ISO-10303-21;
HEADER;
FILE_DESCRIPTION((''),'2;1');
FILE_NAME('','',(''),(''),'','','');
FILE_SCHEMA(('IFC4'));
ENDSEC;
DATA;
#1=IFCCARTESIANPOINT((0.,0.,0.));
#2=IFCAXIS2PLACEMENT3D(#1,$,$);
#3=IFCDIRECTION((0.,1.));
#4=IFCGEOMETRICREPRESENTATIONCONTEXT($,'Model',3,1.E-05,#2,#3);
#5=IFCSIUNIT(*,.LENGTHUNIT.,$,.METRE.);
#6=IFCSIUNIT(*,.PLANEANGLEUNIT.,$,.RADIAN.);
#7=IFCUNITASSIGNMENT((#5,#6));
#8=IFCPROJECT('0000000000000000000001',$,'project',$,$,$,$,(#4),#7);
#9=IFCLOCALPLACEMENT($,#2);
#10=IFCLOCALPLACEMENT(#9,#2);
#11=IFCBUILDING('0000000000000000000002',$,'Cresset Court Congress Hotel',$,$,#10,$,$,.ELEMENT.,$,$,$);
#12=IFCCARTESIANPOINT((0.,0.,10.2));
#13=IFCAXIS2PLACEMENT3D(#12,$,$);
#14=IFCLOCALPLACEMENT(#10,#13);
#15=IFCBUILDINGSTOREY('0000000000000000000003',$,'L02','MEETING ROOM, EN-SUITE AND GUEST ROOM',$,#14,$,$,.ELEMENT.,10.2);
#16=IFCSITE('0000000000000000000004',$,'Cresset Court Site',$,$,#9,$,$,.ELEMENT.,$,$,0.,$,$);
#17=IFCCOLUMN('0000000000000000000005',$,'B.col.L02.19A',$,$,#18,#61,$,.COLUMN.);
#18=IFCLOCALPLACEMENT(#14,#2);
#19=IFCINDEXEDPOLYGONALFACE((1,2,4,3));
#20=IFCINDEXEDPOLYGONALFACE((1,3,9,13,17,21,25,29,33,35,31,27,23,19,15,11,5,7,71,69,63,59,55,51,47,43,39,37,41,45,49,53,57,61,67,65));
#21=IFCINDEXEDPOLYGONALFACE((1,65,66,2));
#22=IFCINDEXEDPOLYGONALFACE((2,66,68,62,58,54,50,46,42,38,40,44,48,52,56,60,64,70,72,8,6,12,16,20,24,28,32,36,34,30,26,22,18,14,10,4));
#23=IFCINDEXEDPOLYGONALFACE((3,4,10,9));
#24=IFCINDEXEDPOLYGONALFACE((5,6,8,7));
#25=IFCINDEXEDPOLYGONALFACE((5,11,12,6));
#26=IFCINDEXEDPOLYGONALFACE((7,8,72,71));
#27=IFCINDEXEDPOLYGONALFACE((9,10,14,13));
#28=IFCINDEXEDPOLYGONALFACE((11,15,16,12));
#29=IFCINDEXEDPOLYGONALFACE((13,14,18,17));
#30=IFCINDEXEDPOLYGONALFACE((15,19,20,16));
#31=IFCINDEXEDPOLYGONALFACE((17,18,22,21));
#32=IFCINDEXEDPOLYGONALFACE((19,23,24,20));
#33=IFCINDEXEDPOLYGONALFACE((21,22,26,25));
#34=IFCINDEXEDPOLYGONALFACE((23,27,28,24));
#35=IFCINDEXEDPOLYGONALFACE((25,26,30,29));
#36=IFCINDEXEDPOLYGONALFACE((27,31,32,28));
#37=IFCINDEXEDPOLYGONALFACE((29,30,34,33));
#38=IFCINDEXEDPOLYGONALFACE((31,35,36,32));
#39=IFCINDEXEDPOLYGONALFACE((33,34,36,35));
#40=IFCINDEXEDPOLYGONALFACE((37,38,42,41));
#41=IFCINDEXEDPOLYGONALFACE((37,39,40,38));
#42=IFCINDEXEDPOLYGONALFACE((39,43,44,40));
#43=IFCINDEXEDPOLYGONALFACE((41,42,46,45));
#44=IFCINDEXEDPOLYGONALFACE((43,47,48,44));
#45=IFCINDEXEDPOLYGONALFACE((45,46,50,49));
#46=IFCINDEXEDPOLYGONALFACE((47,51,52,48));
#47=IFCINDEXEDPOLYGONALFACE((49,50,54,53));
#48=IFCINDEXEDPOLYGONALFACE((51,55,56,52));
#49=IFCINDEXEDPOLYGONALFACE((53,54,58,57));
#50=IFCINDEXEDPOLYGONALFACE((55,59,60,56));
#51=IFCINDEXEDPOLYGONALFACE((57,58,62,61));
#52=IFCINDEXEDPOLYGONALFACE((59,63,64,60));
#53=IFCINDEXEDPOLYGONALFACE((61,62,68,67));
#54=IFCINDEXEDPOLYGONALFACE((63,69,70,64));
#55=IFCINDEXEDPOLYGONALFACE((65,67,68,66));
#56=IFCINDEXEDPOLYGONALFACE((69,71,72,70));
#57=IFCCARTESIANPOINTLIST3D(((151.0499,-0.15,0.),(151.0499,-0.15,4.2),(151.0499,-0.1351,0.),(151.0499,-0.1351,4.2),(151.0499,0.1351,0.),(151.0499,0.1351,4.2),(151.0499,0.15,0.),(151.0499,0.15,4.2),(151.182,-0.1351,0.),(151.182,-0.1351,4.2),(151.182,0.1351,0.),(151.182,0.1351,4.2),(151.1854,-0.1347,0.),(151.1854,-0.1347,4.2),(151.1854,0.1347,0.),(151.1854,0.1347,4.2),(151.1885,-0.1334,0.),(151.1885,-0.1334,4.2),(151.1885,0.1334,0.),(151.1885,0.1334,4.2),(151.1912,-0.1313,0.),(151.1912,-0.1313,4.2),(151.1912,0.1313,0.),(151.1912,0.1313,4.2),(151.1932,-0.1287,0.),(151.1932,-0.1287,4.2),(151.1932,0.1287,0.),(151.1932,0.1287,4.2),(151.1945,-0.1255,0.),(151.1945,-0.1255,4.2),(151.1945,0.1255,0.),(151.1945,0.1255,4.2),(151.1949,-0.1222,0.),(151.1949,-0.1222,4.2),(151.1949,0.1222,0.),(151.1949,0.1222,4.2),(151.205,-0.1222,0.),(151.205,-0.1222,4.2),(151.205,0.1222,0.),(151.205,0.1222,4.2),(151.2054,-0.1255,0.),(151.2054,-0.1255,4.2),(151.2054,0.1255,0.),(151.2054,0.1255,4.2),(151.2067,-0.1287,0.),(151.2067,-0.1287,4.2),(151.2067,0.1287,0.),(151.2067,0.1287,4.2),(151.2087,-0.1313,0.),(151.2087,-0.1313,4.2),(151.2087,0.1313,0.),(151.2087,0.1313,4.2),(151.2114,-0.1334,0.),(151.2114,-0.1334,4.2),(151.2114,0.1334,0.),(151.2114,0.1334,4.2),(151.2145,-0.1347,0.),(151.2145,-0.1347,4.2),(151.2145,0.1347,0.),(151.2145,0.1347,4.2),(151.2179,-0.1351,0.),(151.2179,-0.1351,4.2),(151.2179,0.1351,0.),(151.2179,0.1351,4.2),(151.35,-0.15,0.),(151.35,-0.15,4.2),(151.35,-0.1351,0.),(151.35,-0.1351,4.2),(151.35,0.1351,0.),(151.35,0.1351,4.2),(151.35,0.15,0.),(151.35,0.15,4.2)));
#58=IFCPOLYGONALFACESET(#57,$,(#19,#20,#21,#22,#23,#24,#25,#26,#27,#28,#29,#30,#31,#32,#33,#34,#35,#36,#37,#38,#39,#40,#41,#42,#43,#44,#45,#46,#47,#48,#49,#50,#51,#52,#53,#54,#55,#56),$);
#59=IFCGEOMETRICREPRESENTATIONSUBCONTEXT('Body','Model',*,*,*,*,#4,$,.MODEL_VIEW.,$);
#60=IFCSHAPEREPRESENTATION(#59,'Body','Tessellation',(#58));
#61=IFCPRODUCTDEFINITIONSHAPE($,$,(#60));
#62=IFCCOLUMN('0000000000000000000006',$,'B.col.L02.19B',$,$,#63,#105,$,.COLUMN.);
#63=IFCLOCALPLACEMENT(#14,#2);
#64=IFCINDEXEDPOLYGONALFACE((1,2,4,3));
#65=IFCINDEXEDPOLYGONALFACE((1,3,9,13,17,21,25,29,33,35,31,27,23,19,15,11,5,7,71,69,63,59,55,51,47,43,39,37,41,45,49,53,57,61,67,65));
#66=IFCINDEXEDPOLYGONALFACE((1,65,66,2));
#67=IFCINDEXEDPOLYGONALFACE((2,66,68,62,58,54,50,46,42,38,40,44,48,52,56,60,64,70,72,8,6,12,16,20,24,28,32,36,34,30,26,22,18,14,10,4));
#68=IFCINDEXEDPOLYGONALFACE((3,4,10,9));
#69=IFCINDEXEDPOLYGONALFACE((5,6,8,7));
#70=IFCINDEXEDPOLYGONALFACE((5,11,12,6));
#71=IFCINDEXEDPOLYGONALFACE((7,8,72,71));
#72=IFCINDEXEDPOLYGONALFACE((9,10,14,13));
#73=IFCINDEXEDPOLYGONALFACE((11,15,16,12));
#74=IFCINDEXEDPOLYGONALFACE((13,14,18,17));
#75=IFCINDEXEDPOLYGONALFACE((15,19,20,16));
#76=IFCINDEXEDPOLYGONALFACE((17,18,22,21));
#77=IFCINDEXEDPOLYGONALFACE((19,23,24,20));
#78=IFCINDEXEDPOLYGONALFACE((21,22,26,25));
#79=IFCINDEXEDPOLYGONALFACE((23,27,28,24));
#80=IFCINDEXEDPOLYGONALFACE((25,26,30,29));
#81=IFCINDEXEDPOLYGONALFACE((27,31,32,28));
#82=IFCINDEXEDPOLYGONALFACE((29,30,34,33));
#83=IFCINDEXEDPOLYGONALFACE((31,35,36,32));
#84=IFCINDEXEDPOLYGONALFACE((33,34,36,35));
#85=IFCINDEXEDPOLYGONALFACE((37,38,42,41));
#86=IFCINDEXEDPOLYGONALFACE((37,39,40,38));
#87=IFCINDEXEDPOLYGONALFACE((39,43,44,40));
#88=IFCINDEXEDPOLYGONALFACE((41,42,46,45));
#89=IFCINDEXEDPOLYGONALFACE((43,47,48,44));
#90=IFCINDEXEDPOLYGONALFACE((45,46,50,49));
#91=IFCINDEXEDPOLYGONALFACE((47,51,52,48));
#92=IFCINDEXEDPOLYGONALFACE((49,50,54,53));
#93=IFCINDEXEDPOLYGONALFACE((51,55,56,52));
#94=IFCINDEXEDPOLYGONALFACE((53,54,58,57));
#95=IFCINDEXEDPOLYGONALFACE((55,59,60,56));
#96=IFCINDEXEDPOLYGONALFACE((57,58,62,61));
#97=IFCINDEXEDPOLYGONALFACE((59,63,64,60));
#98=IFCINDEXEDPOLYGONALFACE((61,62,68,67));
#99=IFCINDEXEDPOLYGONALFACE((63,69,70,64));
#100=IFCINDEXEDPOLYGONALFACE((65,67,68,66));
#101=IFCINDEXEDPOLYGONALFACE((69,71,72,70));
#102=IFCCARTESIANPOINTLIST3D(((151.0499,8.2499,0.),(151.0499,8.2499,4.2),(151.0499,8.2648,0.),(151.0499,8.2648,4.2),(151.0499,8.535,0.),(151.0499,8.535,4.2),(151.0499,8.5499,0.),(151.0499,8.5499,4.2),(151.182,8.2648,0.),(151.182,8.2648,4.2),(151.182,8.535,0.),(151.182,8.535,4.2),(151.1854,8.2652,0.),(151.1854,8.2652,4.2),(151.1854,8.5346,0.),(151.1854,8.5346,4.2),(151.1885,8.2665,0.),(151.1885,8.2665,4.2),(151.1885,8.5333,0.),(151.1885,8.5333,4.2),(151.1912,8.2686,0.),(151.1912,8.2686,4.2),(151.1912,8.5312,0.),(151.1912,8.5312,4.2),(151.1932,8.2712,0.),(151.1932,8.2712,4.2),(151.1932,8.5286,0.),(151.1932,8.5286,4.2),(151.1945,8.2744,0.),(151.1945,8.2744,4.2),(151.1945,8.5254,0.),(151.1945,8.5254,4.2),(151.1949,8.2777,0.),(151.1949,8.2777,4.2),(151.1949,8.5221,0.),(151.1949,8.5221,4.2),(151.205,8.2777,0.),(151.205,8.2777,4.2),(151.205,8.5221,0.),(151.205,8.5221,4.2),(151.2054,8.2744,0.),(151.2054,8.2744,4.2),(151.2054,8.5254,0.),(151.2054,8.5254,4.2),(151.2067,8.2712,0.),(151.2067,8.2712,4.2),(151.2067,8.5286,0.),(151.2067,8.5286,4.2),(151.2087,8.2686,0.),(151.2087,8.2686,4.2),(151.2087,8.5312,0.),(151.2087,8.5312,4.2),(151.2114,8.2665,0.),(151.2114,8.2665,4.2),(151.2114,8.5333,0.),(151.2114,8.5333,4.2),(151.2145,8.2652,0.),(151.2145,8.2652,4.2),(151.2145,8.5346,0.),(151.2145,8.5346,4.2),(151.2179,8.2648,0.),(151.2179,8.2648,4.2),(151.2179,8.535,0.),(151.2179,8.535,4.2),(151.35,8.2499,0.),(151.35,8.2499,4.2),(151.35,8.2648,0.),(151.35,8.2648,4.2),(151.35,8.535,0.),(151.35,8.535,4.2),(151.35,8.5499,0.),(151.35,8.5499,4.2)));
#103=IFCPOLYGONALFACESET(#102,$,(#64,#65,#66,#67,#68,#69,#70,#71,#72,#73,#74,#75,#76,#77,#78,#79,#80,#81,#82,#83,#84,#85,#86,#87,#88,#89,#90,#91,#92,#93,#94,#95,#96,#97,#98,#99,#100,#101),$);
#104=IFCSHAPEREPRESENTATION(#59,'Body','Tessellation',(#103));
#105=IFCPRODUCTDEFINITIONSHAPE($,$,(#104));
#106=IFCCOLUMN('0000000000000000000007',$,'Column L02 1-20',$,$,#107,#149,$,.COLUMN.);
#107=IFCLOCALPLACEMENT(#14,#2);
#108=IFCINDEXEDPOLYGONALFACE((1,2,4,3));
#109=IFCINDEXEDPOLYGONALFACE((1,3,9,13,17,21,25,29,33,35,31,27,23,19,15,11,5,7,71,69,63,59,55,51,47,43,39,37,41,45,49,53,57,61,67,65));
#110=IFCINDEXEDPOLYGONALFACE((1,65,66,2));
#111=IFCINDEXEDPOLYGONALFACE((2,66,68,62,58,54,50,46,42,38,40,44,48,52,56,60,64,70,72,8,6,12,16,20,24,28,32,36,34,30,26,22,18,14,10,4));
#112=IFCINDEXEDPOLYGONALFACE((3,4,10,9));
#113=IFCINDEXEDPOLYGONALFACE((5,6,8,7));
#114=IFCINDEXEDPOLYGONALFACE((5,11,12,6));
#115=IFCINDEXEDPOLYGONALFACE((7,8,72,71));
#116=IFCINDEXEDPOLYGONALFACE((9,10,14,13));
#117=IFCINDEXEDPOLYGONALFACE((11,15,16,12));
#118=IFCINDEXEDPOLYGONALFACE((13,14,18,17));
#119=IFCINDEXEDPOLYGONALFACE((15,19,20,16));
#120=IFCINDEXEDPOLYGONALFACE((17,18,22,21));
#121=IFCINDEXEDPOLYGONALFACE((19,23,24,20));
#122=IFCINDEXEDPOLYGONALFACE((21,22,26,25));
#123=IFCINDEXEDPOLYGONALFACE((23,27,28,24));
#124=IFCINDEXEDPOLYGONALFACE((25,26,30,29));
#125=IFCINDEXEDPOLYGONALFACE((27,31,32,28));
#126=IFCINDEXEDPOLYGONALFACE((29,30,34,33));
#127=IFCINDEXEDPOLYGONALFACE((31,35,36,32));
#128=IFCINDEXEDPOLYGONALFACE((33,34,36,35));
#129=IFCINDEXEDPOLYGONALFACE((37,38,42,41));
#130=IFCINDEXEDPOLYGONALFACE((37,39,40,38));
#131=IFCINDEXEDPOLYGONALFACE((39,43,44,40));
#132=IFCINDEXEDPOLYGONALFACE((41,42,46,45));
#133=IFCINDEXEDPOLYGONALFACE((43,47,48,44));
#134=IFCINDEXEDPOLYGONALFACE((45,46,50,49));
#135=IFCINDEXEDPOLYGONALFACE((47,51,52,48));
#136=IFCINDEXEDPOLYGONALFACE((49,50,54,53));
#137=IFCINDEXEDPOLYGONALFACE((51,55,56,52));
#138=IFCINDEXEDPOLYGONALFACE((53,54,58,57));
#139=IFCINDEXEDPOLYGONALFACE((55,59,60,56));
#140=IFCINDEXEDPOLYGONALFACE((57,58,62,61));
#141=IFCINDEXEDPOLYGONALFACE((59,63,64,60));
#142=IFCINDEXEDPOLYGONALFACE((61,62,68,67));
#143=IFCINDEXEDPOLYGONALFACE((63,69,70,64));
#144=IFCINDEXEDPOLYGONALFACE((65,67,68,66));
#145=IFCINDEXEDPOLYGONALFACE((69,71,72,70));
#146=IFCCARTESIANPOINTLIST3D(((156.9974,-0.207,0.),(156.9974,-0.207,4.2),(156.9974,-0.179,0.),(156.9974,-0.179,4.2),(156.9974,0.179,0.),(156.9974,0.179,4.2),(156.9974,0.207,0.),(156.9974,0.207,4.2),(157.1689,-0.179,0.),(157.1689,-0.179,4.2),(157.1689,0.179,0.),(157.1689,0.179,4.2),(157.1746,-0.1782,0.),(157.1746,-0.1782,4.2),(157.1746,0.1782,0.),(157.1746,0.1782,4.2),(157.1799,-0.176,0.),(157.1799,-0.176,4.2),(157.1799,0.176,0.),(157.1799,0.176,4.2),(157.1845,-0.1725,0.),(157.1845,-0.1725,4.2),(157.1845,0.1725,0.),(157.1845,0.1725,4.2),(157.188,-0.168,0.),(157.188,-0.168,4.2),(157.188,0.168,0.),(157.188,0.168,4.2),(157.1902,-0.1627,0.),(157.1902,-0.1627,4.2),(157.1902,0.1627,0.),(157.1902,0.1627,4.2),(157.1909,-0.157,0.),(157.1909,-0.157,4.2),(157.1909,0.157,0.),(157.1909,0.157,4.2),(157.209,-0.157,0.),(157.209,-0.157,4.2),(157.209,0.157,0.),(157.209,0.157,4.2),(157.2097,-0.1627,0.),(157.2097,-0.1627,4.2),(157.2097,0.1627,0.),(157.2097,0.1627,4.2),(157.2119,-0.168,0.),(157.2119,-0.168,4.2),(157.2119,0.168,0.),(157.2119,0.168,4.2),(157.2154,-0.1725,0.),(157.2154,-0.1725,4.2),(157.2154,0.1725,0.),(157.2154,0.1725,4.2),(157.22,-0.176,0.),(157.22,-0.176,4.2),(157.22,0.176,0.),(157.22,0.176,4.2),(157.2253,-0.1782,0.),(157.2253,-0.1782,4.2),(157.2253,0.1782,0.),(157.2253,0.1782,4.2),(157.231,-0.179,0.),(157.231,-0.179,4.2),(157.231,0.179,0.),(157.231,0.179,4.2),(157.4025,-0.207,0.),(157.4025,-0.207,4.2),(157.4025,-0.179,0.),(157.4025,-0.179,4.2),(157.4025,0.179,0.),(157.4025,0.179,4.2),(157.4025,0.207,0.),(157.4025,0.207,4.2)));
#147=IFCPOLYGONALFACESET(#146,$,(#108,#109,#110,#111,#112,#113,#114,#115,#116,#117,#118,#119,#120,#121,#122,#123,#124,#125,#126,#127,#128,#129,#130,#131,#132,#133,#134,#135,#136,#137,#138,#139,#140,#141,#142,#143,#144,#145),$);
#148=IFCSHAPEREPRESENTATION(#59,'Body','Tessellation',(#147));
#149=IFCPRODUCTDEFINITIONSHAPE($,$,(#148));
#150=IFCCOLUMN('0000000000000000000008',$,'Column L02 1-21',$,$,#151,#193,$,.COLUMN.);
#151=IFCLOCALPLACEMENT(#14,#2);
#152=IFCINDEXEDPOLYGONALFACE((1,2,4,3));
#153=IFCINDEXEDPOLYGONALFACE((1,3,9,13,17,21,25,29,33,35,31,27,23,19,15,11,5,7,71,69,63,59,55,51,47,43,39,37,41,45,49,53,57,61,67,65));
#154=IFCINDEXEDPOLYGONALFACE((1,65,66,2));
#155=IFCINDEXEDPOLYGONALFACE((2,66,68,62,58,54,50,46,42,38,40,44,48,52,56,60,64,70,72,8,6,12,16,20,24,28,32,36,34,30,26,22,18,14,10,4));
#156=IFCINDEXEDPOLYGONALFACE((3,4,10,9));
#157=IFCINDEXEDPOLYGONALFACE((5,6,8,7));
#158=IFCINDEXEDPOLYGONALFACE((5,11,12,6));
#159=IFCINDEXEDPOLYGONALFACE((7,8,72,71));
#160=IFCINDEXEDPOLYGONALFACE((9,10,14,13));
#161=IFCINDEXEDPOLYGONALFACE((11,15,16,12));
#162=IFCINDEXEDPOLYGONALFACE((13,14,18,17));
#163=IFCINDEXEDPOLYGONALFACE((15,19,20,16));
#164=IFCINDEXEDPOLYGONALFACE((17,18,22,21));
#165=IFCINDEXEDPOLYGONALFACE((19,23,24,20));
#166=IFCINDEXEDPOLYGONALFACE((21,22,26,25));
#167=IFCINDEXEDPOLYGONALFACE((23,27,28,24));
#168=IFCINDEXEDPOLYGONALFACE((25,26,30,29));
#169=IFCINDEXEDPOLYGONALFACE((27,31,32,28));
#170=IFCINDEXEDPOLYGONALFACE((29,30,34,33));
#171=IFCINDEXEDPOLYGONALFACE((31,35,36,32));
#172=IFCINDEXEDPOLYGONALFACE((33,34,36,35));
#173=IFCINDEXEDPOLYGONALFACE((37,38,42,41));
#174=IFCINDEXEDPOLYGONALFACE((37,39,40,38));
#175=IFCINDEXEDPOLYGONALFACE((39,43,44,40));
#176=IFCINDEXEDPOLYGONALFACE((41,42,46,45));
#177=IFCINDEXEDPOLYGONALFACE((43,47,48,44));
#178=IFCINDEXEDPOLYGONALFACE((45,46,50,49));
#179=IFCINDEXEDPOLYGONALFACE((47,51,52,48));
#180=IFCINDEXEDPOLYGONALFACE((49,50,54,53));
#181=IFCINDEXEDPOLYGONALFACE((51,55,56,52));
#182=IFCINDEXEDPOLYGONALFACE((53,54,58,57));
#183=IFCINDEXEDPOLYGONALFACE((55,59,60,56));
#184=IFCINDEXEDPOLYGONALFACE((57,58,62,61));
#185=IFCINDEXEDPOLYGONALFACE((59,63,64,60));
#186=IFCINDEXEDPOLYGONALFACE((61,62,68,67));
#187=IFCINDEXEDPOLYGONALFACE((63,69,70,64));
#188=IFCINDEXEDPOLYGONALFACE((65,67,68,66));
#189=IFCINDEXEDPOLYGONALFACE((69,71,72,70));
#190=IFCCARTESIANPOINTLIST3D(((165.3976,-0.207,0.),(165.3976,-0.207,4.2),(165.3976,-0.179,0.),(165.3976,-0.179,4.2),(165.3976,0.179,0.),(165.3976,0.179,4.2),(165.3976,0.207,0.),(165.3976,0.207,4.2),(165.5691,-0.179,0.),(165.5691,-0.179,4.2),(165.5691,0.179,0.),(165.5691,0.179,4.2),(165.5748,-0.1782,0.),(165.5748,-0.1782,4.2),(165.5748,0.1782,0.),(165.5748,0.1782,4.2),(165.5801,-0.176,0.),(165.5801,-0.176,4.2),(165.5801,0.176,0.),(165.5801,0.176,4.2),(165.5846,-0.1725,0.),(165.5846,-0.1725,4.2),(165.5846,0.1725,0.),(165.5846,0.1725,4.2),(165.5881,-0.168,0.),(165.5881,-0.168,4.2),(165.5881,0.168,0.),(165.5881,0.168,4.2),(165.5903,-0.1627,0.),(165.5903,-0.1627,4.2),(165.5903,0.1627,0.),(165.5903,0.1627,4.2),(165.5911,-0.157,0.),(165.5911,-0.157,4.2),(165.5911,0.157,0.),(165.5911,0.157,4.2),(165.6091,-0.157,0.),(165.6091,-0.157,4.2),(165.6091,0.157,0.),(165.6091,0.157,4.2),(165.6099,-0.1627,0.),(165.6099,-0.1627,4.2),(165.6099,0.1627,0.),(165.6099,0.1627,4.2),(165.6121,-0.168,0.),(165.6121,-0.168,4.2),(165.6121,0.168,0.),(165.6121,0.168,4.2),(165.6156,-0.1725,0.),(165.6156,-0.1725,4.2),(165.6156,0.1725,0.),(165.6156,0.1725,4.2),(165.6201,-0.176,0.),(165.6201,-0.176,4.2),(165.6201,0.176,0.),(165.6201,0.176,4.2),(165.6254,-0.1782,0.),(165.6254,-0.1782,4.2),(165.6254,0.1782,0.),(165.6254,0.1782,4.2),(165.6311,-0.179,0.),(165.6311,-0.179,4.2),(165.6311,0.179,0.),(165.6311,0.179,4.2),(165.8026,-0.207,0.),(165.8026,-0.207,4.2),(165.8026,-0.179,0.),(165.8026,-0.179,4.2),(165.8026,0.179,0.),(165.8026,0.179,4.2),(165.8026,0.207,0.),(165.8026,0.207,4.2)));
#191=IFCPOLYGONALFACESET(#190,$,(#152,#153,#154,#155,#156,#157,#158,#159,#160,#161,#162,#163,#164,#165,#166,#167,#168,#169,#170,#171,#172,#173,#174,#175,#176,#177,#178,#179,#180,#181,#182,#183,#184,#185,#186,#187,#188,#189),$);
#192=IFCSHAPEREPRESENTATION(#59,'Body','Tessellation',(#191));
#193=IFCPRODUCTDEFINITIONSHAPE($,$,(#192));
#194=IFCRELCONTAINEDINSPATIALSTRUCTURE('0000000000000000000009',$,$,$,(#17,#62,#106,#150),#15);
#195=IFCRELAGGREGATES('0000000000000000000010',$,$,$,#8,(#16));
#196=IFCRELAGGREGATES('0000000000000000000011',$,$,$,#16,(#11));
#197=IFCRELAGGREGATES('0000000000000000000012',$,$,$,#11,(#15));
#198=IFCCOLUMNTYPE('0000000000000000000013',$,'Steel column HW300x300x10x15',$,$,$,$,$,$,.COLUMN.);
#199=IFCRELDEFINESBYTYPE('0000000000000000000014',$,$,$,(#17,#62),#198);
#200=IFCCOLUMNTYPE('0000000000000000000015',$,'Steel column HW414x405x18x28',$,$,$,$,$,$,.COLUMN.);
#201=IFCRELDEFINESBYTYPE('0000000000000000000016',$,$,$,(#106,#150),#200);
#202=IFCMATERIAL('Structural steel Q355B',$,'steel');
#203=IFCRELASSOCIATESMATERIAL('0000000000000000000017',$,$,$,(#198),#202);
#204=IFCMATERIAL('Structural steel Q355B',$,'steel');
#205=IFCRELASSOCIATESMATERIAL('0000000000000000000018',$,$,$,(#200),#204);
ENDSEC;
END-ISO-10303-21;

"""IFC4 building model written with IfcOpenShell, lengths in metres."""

from ifc_helpers import new_model, si_unit, direction, frame, origin, origin_2d, place, context, subcontext, project, spatial, i_section, extrude, material, material_profile, profile_set, type_object, element, save


model = new_model("IFC4")

# Units and contexts
model_context = context("Model", 3, precision=1e-05, world=origin(), true_north=direction((0.0, 1.0)))
body_context = subcontext(model_context, "Body", "Model", "MODEL_VIEW")
ifc_project = project(units=[si_unit("LENGTHUNIT", "METRE"), si_unit("PLANEANGLEUNIT", "RADIAN")], contexts=[model_context])

# Site, building, storey
site_placement = place(None, origin())
site = spatial("IfcSite", under=ifc_project, at=site_placement, Name="Cresset Court Site", CompositionType="ELEMENT", RefElevation=0.0)
building_placement = place(site_placement, origin())
building = spatial("IfcBuilding", under=site, at=building_placement, Name="Cresset Court Congress Hotel", CompositionType="ELEMENT")
storey_placement = place(building_placement, frame((0.0, 0.0, 10.2)))
storey = spatial("IfcBuildingStorey", under=building, at=storey_placement, Name="L02", Description="MEETING ROOM, EN-SUITE AND GUEST ROOM", CompositionType="ELEMENT", Elevation=10.2)

# Columns
ifc_material_1 = material(Name="Structural steel Q355B", Category="steel")
ifc_material_profile_1 = material_profile(ifc_material_1, i_section(OverallWidth=0.3, OverallDepth=0.3, WebThickness=0.01, FlangeThickness=0.0149, FilletRadius=0.0129, at=origin_2d()), Name="HW300x300x10x15")
ifc_profile_set_1 = profile_set([ifc_material_profile_1], Name="Structural steel Q355B")
column_type_1 = type_object("IfcColumnType", Name="Steel column HW300x300x10x15", PredefinedType="COLUMN", material=ifc_profile_set_1)
for number, where, z_axis, x_axis, name in (
    (1, (151.2, 0.0, 0.0), (0.0, 0.0, 1.0), (1.0, 0.0, 0.0), "B.col.L02.19A"),
    (2, (151.2, 8.3999, 0.0), (0.0, 0.0, 1.0), (1.0, 0.0, 0.0), "B.col.L02.19B"),
):
    element("IfcColumn", number, at=place(storey_placement, frame(where, z_axis=z_axis, x_axis=x_axis)), inside=storey, type_object=column_type_1, Name=name, PredefinedType="COLUMN", context=body_context, shape_type="SweptSolid", body=[
        extrude(i_section(OverallWidth=0.3, OverallDepth=0.3, WebThickness=0.01, FlangeThickness=0.0149, FilletRadius=0.0129, at=origin_2d()), origin(), (0.0, 0.0, 1.0), 4.2),
    ])
ifc_material_2 = material(Name="Structural steel Q355B", Category="steel")
ifc_material_profile_2 = material_profile(ifc_material_2, i_section(OverallWidth=0.405, OverallDepth=0.4141, WebThickness=0.0181, FlangeThickness=0.0281, FilletRadius=0.022, at=origin_2d()), Name="HW414x405x18x28")
ifc_profile_set_2 = profile_set([ifc_material_profile_2], Name="Structural steel Q355B")
column_type_2 = type_object("IfcColumnType", Name="Steel column HW414x405x18x28", PredefinedType="COLUMN", material=ifc_profile_set_2)
for number, where, z_axis, x_axis, name in (
    (3, (157.2, 0.0, 0.0), (0.0, 0.0, 1.0), (1.0, 0.0, 0.0), "Column L02 1-20"),
    (4, (165.6001, 0.0, 0.0), (0.0, 0.0, 1.0), (1.0, 0.0, 0.0), "Column L02 1-21"),
):
    element("IfcColumn", number, at=place(storey_placement, frame(where, z_axis=z_axis, x_axis=x_axis)), inside=storey, type_object=column_type_2, Name=name, PredefinedType="COLUMN", context=body_context, shape_type="SweptSolid", body=[
        extrude(i_section(OverallWidth=0.405, OverallDepth=0.4141, WebThickness=0.0181, FlangeThickness=0.0281, FilletRadius=0.022, at=origin_2d()), origin(), (0.0, 0.0, 1.0), 4.2),
    ])

save(model, "model.ifc")
